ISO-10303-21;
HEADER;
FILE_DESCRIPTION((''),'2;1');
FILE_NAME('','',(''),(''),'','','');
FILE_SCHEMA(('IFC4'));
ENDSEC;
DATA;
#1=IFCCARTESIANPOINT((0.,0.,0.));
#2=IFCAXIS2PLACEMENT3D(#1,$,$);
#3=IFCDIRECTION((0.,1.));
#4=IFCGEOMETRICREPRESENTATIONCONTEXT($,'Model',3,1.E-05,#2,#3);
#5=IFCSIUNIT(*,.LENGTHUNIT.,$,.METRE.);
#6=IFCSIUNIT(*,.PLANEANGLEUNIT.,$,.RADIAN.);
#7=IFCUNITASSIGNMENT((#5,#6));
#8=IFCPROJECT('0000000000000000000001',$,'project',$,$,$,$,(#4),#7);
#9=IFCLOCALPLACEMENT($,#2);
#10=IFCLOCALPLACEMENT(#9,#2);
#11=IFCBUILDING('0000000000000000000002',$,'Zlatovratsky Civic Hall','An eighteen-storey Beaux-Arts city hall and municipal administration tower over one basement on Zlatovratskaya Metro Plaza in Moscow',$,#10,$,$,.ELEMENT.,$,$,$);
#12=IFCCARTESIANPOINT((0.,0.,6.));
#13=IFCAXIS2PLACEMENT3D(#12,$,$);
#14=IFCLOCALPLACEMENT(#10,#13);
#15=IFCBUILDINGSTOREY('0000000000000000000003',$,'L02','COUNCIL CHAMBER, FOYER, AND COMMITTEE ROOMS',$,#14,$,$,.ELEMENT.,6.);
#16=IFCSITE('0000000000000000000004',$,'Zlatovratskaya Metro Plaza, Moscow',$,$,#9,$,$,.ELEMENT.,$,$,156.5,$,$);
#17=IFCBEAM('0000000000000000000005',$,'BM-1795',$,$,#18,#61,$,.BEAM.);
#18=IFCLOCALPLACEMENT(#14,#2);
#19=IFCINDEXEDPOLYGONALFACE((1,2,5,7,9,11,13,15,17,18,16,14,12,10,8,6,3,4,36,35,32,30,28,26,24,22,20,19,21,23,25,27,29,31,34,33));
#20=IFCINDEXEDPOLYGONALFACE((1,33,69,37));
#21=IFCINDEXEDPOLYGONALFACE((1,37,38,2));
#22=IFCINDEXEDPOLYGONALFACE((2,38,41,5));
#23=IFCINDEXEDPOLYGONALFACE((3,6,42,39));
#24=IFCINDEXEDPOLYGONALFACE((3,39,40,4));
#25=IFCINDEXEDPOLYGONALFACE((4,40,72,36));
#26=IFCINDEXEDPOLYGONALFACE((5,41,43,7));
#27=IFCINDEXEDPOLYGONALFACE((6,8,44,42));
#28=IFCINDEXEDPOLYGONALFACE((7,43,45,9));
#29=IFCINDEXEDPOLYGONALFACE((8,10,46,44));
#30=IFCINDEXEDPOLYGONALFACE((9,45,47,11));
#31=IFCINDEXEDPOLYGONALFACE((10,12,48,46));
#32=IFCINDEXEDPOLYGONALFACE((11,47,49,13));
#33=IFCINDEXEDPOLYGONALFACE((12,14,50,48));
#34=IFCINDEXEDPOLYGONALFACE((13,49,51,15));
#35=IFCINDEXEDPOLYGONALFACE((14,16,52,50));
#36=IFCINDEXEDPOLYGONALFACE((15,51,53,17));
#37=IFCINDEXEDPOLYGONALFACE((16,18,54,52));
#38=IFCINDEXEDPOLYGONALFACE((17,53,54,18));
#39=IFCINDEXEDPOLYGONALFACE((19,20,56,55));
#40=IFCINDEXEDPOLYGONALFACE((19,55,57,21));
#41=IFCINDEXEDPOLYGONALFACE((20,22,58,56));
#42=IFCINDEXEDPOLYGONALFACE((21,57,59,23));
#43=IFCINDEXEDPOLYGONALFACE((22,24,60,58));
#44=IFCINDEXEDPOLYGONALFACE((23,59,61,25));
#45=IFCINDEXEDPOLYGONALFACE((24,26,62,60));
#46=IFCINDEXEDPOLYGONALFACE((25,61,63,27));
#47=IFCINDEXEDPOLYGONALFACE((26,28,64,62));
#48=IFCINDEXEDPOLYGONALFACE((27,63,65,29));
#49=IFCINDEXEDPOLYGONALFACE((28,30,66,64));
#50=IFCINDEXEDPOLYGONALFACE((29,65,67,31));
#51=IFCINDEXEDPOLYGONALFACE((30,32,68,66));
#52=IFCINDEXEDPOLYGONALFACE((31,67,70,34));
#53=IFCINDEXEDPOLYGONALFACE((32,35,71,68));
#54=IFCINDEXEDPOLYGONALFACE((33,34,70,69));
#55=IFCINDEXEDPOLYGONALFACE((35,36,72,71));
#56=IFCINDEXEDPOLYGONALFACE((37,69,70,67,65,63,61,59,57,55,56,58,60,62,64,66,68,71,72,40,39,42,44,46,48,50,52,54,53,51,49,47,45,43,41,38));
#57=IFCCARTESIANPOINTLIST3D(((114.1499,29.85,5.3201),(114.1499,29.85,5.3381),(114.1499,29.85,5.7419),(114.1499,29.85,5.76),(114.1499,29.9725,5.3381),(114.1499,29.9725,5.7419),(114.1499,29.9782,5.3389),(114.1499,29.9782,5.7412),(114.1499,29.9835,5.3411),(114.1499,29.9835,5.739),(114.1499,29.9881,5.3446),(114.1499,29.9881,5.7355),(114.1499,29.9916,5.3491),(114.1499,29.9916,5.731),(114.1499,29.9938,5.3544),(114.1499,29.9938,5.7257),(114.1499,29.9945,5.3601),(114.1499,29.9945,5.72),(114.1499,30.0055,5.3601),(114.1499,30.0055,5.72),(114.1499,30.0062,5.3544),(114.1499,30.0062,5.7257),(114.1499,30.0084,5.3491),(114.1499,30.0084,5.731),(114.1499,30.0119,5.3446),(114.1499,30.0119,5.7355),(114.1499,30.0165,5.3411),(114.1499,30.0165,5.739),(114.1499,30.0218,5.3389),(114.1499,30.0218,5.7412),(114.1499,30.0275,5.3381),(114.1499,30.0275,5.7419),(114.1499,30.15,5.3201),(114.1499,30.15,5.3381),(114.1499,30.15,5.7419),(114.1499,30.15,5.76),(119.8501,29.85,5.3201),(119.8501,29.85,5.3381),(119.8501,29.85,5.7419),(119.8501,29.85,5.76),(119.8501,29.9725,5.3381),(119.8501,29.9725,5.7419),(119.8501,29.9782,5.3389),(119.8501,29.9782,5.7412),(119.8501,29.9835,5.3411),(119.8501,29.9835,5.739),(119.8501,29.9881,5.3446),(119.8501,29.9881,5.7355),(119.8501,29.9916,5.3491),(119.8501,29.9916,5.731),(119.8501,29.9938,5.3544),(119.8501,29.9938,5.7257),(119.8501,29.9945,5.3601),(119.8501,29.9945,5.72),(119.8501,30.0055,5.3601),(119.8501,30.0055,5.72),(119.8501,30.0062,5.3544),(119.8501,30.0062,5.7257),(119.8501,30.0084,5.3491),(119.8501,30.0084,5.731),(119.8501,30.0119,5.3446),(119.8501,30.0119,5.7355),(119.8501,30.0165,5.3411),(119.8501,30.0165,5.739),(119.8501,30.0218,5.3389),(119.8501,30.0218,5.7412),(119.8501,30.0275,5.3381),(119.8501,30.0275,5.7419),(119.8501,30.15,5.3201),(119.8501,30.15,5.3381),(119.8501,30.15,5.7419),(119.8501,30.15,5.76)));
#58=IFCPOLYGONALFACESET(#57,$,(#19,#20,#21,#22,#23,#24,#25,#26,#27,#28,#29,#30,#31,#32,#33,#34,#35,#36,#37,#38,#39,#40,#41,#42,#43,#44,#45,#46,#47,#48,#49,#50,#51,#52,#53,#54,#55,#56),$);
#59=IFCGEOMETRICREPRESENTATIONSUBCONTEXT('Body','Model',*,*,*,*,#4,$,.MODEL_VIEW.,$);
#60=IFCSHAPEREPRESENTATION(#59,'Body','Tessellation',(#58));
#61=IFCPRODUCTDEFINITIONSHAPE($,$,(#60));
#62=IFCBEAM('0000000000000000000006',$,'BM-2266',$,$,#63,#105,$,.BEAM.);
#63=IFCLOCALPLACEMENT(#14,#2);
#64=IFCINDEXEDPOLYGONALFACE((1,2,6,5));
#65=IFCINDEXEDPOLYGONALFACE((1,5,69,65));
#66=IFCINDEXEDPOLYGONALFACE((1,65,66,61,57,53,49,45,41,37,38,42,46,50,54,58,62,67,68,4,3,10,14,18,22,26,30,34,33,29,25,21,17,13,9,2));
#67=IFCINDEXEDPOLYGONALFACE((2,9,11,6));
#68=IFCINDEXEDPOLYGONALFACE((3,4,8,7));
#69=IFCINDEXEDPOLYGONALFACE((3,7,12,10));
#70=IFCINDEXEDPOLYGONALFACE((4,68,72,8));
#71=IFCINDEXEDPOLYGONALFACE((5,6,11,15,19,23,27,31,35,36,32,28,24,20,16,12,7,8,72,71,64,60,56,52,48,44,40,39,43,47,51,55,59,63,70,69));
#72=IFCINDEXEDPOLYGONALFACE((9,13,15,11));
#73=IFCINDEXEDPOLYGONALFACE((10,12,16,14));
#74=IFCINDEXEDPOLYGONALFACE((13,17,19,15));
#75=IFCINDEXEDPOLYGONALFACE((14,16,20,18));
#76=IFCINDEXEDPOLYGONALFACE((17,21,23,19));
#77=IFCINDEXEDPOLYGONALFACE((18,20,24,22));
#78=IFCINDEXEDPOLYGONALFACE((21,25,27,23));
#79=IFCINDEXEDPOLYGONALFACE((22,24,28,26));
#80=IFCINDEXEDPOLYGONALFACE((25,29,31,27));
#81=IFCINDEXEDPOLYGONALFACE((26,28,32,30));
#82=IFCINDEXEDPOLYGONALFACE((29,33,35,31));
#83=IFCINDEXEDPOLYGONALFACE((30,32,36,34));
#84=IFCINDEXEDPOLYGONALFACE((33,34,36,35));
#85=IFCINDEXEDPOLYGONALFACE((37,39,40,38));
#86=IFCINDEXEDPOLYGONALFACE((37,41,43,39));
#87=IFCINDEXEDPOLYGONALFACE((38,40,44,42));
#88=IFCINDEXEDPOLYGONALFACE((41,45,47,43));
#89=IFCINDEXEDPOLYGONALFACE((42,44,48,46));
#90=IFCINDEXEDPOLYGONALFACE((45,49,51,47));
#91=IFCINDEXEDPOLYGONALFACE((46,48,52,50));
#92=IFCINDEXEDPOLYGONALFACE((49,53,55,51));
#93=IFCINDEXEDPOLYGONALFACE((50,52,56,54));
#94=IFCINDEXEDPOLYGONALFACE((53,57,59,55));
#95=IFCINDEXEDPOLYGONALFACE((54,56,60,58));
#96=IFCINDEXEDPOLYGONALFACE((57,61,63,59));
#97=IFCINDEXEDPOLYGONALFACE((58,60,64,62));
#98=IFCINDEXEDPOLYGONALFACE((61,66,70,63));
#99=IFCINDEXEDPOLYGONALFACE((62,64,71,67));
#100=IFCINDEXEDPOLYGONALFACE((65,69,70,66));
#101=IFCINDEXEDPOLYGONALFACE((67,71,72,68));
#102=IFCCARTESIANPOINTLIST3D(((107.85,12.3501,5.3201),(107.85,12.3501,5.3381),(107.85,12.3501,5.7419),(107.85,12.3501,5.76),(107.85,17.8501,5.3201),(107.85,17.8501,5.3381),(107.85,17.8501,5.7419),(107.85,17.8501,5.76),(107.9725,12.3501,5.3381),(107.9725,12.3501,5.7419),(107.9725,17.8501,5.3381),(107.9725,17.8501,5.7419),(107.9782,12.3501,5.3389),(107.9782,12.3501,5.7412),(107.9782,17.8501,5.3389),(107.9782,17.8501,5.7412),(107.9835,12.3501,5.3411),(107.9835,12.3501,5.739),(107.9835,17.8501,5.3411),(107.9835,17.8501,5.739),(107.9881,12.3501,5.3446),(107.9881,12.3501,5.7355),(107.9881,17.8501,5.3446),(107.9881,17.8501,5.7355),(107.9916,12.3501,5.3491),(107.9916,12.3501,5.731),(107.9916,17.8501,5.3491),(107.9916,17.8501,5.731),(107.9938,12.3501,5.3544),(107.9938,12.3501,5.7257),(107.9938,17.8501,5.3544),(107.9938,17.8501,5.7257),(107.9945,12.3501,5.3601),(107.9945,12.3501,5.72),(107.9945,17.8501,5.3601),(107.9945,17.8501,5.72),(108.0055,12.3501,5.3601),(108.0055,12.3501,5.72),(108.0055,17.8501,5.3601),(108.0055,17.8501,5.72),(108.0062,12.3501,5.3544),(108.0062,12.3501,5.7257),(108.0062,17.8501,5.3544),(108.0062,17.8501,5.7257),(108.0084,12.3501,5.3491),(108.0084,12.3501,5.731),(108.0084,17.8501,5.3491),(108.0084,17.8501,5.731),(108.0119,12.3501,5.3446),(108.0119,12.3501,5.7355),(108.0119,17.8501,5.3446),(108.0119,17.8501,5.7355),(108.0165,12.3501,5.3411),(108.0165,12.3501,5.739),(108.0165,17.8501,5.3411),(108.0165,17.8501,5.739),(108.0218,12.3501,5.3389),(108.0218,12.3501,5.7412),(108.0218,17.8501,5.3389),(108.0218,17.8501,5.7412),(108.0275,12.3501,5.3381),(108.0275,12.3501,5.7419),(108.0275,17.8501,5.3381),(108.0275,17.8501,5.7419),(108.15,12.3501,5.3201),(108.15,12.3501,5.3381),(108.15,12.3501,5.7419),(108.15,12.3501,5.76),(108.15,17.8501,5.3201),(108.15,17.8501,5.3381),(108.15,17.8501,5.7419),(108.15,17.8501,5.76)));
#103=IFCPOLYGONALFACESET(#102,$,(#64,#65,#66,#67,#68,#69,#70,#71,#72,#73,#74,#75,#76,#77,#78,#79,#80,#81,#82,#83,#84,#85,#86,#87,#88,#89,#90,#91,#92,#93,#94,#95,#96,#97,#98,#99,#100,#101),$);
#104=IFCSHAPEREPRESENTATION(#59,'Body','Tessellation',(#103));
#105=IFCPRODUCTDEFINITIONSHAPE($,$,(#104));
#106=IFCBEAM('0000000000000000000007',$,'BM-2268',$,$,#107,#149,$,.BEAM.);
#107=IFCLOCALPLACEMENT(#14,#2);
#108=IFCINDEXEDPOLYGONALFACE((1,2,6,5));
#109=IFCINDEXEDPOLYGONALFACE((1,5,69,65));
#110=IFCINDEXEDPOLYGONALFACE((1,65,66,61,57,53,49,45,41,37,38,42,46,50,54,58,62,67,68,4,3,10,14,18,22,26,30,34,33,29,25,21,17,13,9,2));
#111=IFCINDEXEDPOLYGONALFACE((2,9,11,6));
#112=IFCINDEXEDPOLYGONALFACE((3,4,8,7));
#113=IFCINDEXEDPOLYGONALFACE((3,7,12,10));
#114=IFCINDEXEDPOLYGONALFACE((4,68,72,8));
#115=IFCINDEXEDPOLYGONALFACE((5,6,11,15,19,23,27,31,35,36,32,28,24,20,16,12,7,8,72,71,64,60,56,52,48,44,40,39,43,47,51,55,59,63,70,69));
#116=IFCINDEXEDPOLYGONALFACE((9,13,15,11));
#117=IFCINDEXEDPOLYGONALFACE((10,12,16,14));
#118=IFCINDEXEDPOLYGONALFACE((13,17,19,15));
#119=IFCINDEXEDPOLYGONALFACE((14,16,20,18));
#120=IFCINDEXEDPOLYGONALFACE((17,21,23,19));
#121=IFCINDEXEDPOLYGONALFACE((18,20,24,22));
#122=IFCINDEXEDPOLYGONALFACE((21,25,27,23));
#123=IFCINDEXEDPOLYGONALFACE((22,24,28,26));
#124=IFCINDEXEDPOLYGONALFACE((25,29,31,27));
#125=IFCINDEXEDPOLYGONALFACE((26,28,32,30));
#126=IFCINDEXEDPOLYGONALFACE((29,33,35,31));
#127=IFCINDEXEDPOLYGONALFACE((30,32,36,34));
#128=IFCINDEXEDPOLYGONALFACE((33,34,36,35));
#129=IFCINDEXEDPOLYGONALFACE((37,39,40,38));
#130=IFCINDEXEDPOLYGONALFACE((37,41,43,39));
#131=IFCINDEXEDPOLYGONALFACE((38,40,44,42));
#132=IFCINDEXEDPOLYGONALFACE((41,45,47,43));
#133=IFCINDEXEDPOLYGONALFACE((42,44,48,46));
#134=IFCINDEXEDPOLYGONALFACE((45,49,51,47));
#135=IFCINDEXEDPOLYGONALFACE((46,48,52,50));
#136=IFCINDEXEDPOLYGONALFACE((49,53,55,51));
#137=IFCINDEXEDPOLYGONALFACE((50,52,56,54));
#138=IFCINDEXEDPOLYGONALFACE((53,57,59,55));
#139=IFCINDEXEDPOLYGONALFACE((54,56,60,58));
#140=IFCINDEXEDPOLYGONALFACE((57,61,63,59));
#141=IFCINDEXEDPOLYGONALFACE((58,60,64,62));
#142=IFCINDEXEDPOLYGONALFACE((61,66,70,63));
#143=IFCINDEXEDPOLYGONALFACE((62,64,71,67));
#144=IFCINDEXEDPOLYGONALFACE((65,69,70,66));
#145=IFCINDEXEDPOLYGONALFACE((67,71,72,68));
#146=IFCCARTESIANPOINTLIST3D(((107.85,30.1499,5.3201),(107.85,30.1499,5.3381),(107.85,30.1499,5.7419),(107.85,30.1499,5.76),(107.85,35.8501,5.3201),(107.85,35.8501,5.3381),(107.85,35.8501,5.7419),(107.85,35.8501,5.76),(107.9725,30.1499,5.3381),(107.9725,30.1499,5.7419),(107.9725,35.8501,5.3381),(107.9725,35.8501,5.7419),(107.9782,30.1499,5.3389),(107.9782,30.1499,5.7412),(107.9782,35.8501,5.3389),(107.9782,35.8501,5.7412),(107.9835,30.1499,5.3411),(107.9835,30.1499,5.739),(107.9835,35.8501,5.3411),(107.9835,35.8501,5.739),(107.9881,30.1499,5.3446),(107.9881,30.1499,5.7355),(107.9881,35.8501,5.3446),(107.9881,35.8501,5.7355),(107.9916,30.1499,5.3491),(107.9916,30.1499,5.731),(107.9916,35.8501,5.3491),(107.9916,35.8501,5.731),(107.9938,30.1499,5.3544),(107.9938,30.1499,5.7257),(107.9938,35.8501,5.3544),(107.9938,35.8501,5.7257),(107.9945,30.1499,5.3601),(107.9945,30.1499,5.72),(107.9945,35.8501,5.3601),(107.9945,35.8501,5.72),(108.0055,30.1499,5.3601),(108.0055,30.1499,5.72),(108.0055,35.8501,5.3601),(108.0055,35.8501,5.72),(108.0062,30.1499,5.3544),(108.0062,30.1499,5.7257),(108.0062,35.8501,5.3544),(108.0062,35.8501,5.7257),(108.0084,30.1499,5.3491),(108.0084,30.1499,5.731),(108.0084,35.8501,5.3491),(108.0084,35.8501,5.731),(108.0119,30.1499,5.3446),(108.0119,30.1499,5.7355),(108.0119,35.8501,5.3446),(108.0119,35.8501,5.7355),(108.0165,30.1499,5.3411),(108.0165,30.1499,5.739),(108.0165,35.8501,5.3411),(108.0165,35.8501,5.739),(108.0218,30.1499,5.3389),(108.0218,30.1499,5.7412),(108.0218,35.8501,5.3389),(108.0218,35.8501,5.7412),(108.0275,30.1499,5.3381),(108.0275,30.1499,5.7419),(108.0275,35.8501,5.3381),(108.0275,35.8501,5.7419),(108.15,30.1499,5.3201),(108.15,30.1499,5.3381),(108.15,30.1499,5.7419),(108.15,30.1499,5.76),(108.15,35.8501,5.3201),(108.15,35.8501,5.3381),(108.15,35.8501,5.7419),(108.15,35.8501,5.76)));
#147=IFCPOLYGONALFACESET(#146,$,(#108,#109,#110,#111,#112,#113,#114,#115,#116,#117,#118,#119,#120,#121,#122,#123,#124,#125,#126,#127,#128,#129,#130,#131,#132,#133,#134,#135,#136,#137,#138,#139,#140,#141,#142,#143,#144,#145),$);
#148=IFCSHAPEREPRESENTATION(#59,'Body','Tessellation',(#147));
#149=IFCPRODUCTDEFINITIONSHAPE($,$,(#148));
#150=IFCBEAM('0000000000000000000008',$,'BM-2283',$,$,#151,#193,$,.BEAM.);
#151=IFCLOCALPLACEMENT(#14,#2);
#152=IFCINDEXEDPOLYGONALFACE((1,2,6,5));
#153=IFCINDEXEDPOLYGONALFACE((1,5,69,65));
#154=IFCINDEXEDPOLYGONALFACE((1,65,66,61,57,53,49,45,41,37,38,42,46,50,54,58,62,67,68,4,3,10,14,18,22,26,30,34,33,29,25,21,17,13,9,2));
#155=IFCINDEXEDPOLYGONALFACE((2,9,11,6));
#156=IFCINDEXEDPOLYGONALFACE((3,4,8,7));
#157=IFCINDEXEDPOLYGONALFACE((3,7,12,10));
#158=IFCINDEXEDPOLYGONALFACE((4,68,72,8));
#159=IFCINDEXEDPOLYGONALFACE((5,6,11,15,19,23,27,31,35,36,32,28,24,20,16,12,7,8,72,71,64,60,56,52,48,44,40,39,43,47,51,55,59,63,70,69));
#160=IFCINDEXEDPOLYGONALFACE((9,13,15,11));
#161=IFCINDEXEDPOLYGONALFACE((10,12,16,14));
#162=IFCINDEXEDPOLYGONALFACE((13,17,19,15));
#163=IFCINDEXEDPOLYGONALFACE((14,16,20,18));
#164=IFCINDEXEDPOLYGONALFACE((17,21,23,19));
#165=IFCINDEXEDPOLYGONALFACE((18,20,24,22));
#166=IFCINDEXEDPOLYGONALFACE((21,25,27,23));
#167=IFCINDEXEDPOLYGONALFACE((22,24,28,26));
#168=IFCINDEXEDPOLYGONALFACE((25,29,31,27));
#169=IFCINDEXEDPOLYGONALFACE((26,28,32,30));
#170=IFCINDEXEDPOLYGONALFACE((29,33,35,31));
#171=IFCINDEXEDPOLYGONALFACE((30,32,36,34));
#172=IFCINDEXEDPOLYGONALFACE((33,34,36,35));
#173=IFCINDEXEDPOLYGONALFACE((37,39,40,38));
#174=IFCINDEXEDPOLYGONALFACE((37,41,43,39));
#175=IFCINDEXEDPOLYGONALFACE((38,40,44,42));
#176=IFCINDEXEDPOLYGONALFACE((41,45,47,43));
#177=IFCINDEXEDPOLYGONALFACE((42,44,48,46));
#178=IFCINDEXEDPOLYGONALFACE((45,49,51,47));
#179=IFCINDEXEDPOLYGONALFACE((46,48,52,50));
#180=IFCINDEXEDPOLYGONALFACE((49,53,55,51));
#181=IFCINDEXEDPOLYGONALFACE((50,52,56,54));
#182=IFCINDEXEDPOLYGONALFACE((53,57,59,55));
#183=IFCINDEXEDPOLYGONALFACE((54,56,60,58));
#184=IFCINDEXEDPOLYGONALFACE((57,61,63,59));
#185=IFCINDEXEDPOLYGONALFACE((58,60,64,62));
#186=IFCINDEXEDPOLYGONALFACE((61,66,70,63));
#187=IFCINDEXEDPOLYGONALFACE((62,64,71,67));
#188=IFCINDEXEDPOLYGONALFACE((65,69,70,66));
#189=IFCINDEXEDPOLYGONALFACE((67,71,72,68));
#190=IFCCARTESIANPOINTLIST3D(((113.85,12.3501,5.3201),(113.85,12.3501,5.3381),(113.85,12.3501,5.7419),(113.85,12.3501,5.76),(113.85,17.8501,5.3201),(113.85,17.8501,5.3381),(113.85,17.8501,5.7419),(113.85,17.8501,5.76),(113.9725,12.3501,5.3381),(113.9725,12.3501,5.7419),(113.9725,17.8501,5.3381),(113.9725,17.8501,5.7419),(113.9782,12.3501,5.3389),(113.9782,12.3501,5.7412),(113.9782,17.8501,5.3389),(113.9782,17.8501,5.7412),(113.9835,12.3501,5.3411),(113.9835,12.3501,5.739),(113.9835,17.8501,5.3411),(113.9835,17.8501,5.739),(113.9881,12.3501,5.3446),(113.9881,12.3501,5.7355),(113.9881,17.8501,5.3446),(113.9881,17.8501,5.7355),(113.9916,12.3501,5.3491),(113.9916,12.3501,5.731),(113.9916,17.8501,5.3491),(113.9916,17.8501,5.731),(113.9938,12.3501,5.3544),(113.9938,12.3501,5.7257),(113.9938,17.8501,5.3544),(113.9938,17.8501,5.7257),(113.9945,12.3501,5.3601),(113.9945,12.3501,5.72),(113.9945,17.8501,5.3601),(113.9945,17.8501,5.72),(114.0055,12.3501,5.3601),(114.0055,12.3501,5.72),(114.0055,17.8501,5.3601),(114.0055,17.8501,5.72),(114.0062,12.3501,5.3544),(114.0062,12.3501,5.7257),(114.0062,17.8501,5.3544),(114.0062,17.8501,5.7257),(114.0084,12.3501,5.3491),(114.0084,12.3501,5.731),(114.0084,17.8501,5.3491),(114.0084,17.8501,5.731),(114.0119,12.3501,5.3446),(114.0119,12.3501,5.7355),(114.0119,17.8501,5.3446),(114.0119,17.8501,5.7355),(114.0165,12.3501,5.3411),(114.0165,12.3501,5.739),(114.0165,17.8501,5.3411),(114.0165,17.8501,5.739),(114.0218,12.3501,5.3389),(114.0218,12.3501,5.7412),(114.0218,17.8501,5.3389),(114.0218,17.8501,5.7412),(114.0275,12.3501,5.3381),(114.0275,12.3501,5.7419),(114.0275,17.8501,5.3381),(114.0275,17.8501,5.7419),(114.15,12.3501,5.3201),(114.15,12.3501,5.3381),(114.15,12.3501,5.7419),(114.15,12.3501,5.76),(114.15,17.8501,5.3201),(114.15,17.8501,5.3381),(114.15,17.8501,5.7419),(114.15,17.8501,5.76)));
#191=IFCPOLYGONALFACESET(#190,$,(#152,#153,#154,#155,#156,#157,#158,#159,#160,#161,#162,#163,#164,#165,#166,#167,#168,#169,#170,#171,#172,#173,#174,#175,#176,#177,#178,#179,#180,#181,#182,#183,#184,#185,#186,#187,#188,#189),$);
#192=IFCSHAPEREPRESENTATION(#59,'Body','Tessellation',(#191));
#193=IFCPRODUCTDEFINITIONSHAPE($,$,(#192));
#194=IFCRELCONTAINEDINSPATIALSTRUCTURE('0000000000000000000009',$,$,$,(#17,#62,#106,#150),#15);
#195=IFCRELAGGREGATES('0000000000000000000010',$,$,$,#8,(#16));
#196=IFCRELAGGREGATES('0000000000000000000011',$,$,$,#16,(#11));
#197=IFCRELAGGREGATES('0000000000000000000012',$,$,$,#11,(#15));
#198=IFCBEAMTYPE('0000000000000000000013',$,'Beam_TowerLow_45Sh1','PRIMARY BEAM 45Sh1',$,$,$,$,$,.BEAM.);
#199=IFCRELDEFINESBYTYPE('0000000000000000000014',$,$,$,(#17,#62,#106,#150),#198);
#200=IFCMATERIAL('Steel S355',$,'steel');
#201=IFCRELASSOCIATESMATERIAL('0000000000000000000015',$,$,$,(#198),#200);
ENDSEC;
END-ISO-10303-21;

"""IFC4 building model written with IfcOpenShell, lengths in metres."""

from ifc_helpers import new_model, si_unit, direction, frame, origin, origin_2d, place, context, subcontext, project, spatial, i_section, extrude, material, material_profile, profile_set, type_object, element, save


model = new_model("IFC4")

# Units and contexts
model_context = context("Model", 3, precision=1e-05, world=origin(), true_north=direction((0.0, 1.0)))
body_context = subcontext(model_context, "Body", "Model", "MODEL_VIEW")
ifc_project = project(units=[si_unit("LENGTHUNIT", "METRE"), si_unit("PLANEANGLEUNIT", "RADIAN")], contexts=[model_context])

# Site, building, storey
site_placement = place(None, origin())
site = spatial("IfcSite", under=ifc_project, at=site_placement, Name="Zlatovratskaya Metro Plaza, Moscow", CompositionType="ELEMENT", RefElevation=156.5)
building_placement = place(site_placement, origin())
building = spatial("IfcBuilding", under=site, at=building_placement, Name="Zlatovratsky Civic Hall", Description="An eighteen-storey Beaux-Arts city hall and municipal administration tower over one basement on Zlatovratskaya Metro Plaza in Moscow", CompositionType="ELEMENT")
storey_placement = place(building_placement, frame((0.0, 0.0, 6.0)))
storey = spatial("IfcBuildingStorey", under=building, at=storey_placement, Name="L02", Description="COUNCIL CHAMBER, FOYER, AND COMMITTEE ROOMS", CompositionType="ELEMENT", Elevation=6.0)

# Shared definitions
ifc_material_1 = material(Name="Steel S355", Category="steel")

# Beams
ifc_material_profile_1 = material_profile(ifc_material_1, i_section(OverallWidth=0.3, OverallDepth=0.4399, WebThickness=0.011, FlangeThickness=0.0181, FilletRadius=0.022, at=origin_2d()), Name="45Sh1")
ifc_profile_set_1 = profile_set([ifc_material_profile_1], Name="Steel S355")
beam_type_1 = type_object("IfcBeamType", Name="Beam_TowerLow_45Sh1", Description="PRIMARY BEAM 45Sh1", PredefinedType="BEAM", material=ifc_profile_set_1)
for number, where, z_axis, x_axis, name in (
    (1, (114.1499, 30.0, 5.54), (1.0, 0.0, 0.0), (0.0, 1.0, 0.0), "BM-1795"),
):
    element("IfcBeam", number, at=place(storey_placement, frame(where, z_axis=z_axis, x_axis=x_axis)), inside=storey, type_object=beam_type_1, Name=name, PredefinedType="BEAM", context=body_context, shape_type="SweptSolid", body=[
        extrude(i_section(OverallWidth=0.3, OverallDepth=0.4399, WebThickness=0.011, FlangeThickness=0.0181, FilletRadius=0.022, at=origin_2d()), origin(), (0.0, 0.0, 1.0), 5.7002),
    ])
beam_1_placement = place(storey_placement, frame((108.0, 12.3501, 5.54), z_axis=(0.0, 1.0, 0.0), x_axis=(-1.0, 0.0, 0.0)))
element("IfcBeam", 2, at=beam_1_placement, inside=storey, type_object=beam_type_1, Name="BM-2266", PredefinedType="BEAM", context=body_context, shape_type="SweptSolid", body=[
    extrude(i_section(OverallWidth=0.3, OverallDepth=0.4399, WebThickness=0.011, FlangeThickness=0.0181, FilletRadius=0.022, at=origin_2d()), origin(), (0.0, 0.0, 1.0), 5.5),
])
beam_2_placement = place(storey_placement, frame((108.0, 30.1499, 5.54), z_axis=(0.0, 1.0, 0.0), x_axis=(-1.0, 0.0, 0.0)))
element("IfcBeam", 3, at=beam_2_placement, inside=storey, type_object=beam_type_1, Name="BM-2268", PredefinedType="BEAM", context=body_context, shape_type="SweptSolid", body=[
    extrude(i_section(OverallWidth=0.3, OverallDepth=0.4399, WebThickness=0.011, FlangeThickness=0.0181, FilletRadius=0.022, at=origin_2d()), origin(), (0.0, 0.0, 1.0), 5.7002),
])
beam_3_placement = place(storey_placement, frame((114.0, 12.3501, 5.54), z_axis=(0.0, 1.0, 0.0), x_axis=(-1.0, 0.0, 0.0)))
element("IfcBeam", 4, at=beam_3_placement, inside=storey, type_object=beam_type_1, Name="BM-2283", PredefinedType="BEAM", context=body_context, shape_type="SweptSolid", body=[
    extrude(i_section(OverallWidth=0.3, OverallDepth=0.4399, WebThickness=0.011, FlangeThickness=0.0181, FilletRadius=0.022, at=origin_2d()), origin(), (0.0, 0.0, 1.0), 5.5),
])

save(model, "model.ifc")
